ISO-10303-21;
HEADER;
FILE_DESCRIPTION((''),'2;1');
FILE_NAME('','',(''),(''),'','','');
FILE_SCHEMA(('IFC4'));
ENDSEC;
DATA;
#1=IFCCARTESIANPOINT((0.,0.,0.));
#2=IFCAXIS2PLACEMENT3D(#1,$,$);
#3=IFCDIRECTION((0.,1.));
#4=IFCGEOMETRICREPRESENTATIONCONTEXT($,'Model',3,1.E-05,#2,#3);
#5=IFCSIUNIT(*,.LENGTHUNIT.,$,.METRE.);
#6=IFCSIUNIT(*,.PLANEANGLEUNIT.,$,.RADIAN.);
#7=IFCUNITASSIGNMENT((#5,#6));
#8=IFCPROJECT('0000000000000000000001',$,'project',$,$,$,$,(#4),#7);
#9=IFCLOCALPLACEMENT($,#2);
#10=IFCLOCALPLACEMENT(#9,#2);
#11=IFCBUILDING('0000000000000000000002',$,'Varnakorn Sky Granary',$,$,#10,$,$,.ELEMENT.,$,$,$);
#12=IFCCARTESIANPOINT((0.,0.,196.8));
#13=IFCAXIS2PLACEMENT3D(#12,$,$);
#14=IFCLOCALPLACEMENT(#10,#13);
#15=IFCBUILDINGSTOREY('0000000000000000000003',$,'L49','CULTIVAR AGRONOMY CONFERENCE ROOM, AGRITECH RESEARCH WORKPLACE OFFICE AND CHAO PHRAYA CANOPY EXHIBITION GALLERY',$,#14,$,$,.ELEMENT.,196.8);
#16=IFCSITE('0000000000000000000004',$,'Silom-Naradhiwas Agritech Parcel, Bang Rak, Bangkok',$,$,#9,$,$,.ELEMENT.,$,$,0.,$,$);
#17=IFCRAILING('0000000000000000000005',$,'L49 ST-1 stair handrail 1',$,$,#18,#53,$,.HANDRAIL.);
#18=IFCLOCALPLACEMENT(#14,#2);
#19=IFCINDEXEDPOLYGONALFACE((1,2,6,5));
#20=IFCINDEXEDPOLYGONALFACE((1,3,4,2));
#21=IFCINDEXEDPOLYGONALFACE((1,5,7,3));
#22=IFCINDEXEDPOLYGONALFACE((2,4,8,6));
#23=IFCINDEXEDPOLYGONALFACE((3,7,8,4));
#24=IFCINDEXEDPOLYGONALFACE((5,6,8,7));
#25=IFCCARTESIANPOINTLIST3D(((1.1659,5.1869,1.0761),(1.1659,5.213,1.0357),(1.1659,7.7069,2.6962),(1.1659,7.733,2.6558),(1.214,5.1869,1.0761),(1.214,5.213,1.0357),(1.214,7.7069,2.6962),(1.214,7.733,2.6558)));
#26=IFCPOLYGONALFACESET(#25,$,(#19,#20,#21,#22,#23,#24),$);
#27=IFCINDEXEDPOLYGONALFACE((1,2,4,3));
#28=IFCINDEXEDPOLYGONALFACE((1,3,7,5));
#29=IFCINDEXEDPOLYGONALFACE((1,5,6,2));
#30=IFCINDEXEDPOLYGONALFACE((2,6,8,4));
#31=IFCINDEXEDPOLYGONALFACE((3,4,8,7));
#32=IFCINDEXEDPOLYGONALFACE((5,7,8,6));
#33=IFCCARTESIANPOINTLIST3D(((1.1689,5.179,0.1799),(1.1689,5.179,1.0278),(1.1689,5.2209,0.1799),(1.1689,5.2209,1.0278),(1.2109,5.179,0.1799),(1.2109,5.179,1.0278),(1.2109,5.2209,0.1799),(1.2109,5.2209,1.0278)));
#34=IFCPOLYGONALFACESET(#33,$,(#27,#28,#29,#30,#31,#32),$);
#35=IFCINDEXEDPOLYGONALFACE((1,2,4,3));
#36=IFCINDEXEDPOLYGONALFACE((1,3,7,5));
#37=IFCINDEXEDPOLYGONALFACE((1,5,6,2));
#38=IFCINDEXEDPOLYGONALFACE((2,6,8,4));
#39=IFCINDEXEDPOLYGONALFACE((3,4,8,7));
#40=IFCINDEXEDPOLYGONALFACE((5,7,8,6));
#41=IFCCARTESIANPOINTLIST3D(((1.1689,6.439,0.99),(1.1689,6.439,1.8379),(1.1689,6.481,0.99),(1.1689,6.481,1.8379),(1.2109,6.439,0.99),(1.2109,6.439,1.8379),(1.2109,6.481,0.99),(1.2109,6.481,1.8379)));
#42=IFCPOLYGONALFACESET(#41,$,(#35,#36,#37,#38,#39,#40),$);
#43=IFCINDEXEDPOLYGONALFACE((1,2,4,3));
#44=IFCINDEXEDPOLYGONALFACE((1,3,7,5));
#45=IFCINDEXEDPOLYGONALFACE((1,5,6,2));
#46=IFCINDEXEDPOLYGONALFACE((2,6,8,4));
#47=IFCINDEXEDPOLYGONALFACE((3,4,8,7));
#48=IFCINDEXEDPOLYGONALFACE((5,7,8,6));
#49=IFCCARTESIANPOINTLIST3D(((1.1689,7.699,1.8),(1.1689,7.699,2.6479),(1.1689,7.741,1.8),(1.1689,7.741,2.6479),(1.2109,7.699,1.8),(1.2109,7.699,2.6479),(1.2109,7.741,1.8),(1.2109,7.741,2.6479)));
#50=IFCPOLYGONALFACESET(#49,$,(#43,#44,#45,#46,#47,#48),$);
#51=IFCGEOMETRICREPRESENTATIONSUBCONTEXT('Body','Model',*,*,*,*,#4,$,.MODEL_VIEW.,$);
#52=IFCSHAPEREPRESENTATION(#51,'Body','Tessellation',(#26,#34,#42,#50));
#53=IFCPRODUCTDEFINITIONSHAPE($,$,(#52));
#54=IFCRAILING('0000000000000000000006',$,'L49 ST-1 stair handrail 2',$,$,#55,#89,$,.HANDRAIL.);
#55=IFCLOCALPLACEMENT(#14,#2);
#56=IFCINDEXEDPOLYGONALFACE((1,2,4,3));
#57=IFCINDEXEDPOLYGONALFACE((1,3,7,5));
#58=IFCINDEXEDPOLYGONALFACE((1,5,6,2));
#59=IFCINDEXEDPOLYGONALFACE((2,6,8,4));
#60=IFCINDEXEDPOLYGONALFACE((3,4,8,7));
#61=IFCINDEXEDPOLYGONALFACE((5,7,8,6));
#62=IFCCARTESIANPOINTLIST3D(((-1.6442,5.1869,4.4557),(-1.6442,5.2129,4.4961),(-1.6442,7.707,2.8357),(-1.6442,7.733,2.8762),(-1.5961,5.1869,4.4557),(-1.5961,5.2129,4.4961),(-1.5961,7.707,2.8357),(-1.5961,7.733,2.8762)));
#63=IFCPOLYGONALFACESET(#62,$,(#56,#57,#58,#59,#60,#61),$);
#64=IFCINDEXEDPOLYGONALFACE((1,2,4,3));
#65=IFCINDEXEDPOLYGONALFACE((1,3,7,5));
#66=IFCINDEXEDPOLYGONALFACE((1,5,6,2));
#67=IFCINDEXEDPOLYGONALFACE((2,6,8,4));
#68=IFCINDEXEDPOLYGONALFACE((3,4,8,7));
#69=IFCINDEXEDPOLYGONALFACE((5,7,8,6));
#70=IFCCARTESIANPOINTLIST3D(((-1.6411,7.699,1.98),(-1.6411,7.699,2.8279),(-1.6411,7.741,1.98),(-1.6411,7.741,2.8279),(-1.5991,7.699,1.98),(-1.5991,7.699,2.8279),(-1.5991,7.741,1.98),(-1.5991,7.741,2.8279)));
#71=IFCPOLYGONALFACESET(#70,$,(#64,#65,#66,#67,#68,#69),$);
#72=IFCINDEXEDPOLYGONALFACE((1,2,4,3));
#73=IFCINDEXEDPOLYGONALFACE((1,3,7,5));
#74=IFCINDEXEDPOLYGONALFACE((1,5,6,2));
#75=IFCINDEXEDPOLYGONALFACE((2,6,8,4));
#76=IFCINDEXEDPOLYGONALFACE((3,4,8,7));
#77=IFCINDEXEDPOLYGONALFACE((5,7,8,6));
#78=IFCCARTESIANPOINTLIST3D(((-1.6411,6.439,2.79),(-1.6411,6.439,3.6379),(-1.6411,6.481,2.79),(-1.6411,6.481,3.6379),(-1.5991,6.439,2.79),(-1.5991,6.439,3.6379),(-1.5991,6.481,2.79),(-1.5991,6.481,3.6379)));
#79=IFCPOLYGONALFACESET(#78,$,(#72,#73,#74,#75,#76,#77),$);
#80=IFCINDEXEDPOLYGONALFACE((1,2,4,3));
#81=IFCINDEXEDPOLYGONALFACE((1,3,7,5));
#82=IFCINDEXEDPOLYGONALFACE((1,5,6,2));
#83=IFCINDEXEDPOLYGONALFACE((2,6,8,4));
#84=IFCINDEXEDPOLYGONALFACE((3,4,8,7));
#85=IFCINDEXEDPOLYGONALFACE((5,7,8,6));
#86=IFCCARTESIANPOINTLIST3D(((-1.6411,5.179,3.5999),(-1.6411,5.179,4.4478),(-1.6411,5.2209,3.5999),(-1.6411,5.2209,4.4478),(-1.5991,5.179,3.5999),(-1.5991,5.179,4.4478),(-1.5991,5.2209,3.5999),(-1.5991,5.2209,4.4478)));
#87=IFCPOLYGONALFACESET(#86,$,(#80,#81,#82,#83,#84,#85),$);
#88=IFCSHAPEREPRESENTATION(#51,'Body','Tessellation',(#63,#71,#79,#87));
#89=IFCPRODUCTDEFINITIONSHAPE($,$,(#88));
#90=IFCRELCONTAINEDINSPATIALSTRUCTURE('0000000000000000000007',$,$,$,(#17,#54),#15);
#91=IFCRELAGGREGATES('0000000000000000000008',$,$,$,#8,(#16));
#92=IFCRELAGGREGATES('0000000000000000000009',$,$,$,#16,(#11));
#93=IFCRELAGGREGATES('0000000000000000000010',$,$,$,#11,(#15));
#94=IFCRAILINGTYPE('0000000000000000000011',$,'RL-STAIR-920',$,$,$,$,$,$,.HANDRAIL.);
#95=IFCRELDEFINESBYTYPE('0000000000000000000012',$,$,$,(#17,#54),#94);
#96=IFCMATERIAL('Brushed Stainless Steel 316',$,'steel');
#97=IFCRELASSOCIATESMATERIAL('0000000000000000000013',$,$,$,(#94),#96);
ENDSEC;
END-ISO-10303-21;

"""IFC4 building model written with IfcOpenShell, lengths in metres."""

from ifc_helpers import new_model, si_unit, direction, frame, origin, origin_2d, place, context, subcontext, project, spatial, rectangle, extrude, material, type_object, element, save


model = new_model("IFC4")

# Units and contexts
model_context = context("Model", 3, precision=1e-05, world=origin(), true_north=direction((0.0, 1.0)))
body_context = subcontext(model_context, "Body", "Model", "MODEL_VIEW")
ifc_project = project(units=[si_unit("LENGTHUNIT", "METRE"), si_unit("PLANEANGLEUNIT", "RADIAN")], contexts=[model_context])

# Site, building, storey
site_placement = place(None, origin())
site = spatial("IfcSite", under=ifc_project, at=site_placement, Name="Silom-Naradhiwas Agritech Parcel, Bang Rak, Bangkok", CompositionType="ELEMENT", RefElevation=0.0)
building_placement = place(site_placement, origin())
building = spatial("IfcBuilding", under=site, at=building_placement, Name="Varnakorn Sky Granary", CompositionType="ELEMENT")
storey_placement = place(building_placement, frame((0.0, 0.0, 196.8)))
storey = spatial("IfcBuildingStorey", under=building, at=storey_placement, Name="L49", Description="CULTIVAR AGRONOMY CONFERENCE ROOM, AGRITECH RESEARCH WORKPLACE OFFICE AND CHAO PHRAYA CANOPY EXHIBITION GALLERY", CompositionType="ELEMENT", Elevation=196.8)

# Railings
ifc_material_1 = material(Name="Brushed Stainless Steel 316", Category="steel")
railing_type_1 = type_object("IfcRailingType", Name="RL-STAIR-920", PredefinedType="HANDRAIL", material=ifc_material_1)
railing_1_placement = place(storey_placement, frame((1.1899, 5.2, 0.1799)))
element("IfcRailing", 1, at=railing_1_placement, inside=storey, type_object=railing_type_1, Name="L49 ST-1 stair handrail 1", PredefinedType="HANDRAIL", context=body_context, shape_type="SweptSolid", body=[
    extrude(rectangle(XDim=0.0481, YDim=0.0481, at=origin_2d()), frame((0.0, 0.0, 0.876), z_axis=(0.0, 0.841163, 0.540782), x_axis=(-1.0, 0.0, 0.0)), (0.0, 0.0, 1.0), 2.9958),
    extrude(rectangle(XDim=0.042, YDim=0.042, at=origin_2d()), origin(), (0.0, 0.0, 1.0), 0.8479),
    extrude(rectangle(XDim=0.042, YDim=0.042, at=origin_2d()), frame((0.0, 1.26, 0.8101)), (0.0, 0.0, 1.0), 0.8479),
    extrude(rectangle(XDim=0.042, YDim=0.042, at=origin_2d()), frame((0.0, 2.52, 1.6201)), (0.0, 0.0, 1.0), 0.8479),
])
railing_2_placement = place(storey_placement, frame((-1.6201, 7.72, 1.98)))
element("IfcRailing", 2, at=railing_2_placement, inside=storey, type_object=railing_type_1, Name="L49 ST-1 stair handrail 2", PredefinedType="HANDRAIL", context=body_context, shape_type="SweptSolid", body=[
    extrude(rectangle(XDim=0.0481, YDim=0.0481, at=origin_2d()), frame((0.0, 0.0, 0.876), z_axis=(0.0, -0.8412, 0.540725), x_axis=(1.0, 0.0, 0.0)), (0.0, 0.0, 1.0), 2.9958),
    extrude(rectangle(XDim=0.042, YDim=0.042, at=origin_2d()), origin(), (0.0, 0.0, 1.0), 0.8479),
    extrude(rectangle(XDim=0.042, YDim=0.042, at=origin_2d()), frame((0.0, -1.26, 0.8101)), (0.0, 0.0, 1.0), 0.8479),
    extrude(rectangle(XDim=0.042, YDim=0.042, at=origin_2d()), frame((0.0, -2.52, 1.6199)), (0.0, 0.0, 1.0), 0.8479),
])

save(model, "model.ifc")
